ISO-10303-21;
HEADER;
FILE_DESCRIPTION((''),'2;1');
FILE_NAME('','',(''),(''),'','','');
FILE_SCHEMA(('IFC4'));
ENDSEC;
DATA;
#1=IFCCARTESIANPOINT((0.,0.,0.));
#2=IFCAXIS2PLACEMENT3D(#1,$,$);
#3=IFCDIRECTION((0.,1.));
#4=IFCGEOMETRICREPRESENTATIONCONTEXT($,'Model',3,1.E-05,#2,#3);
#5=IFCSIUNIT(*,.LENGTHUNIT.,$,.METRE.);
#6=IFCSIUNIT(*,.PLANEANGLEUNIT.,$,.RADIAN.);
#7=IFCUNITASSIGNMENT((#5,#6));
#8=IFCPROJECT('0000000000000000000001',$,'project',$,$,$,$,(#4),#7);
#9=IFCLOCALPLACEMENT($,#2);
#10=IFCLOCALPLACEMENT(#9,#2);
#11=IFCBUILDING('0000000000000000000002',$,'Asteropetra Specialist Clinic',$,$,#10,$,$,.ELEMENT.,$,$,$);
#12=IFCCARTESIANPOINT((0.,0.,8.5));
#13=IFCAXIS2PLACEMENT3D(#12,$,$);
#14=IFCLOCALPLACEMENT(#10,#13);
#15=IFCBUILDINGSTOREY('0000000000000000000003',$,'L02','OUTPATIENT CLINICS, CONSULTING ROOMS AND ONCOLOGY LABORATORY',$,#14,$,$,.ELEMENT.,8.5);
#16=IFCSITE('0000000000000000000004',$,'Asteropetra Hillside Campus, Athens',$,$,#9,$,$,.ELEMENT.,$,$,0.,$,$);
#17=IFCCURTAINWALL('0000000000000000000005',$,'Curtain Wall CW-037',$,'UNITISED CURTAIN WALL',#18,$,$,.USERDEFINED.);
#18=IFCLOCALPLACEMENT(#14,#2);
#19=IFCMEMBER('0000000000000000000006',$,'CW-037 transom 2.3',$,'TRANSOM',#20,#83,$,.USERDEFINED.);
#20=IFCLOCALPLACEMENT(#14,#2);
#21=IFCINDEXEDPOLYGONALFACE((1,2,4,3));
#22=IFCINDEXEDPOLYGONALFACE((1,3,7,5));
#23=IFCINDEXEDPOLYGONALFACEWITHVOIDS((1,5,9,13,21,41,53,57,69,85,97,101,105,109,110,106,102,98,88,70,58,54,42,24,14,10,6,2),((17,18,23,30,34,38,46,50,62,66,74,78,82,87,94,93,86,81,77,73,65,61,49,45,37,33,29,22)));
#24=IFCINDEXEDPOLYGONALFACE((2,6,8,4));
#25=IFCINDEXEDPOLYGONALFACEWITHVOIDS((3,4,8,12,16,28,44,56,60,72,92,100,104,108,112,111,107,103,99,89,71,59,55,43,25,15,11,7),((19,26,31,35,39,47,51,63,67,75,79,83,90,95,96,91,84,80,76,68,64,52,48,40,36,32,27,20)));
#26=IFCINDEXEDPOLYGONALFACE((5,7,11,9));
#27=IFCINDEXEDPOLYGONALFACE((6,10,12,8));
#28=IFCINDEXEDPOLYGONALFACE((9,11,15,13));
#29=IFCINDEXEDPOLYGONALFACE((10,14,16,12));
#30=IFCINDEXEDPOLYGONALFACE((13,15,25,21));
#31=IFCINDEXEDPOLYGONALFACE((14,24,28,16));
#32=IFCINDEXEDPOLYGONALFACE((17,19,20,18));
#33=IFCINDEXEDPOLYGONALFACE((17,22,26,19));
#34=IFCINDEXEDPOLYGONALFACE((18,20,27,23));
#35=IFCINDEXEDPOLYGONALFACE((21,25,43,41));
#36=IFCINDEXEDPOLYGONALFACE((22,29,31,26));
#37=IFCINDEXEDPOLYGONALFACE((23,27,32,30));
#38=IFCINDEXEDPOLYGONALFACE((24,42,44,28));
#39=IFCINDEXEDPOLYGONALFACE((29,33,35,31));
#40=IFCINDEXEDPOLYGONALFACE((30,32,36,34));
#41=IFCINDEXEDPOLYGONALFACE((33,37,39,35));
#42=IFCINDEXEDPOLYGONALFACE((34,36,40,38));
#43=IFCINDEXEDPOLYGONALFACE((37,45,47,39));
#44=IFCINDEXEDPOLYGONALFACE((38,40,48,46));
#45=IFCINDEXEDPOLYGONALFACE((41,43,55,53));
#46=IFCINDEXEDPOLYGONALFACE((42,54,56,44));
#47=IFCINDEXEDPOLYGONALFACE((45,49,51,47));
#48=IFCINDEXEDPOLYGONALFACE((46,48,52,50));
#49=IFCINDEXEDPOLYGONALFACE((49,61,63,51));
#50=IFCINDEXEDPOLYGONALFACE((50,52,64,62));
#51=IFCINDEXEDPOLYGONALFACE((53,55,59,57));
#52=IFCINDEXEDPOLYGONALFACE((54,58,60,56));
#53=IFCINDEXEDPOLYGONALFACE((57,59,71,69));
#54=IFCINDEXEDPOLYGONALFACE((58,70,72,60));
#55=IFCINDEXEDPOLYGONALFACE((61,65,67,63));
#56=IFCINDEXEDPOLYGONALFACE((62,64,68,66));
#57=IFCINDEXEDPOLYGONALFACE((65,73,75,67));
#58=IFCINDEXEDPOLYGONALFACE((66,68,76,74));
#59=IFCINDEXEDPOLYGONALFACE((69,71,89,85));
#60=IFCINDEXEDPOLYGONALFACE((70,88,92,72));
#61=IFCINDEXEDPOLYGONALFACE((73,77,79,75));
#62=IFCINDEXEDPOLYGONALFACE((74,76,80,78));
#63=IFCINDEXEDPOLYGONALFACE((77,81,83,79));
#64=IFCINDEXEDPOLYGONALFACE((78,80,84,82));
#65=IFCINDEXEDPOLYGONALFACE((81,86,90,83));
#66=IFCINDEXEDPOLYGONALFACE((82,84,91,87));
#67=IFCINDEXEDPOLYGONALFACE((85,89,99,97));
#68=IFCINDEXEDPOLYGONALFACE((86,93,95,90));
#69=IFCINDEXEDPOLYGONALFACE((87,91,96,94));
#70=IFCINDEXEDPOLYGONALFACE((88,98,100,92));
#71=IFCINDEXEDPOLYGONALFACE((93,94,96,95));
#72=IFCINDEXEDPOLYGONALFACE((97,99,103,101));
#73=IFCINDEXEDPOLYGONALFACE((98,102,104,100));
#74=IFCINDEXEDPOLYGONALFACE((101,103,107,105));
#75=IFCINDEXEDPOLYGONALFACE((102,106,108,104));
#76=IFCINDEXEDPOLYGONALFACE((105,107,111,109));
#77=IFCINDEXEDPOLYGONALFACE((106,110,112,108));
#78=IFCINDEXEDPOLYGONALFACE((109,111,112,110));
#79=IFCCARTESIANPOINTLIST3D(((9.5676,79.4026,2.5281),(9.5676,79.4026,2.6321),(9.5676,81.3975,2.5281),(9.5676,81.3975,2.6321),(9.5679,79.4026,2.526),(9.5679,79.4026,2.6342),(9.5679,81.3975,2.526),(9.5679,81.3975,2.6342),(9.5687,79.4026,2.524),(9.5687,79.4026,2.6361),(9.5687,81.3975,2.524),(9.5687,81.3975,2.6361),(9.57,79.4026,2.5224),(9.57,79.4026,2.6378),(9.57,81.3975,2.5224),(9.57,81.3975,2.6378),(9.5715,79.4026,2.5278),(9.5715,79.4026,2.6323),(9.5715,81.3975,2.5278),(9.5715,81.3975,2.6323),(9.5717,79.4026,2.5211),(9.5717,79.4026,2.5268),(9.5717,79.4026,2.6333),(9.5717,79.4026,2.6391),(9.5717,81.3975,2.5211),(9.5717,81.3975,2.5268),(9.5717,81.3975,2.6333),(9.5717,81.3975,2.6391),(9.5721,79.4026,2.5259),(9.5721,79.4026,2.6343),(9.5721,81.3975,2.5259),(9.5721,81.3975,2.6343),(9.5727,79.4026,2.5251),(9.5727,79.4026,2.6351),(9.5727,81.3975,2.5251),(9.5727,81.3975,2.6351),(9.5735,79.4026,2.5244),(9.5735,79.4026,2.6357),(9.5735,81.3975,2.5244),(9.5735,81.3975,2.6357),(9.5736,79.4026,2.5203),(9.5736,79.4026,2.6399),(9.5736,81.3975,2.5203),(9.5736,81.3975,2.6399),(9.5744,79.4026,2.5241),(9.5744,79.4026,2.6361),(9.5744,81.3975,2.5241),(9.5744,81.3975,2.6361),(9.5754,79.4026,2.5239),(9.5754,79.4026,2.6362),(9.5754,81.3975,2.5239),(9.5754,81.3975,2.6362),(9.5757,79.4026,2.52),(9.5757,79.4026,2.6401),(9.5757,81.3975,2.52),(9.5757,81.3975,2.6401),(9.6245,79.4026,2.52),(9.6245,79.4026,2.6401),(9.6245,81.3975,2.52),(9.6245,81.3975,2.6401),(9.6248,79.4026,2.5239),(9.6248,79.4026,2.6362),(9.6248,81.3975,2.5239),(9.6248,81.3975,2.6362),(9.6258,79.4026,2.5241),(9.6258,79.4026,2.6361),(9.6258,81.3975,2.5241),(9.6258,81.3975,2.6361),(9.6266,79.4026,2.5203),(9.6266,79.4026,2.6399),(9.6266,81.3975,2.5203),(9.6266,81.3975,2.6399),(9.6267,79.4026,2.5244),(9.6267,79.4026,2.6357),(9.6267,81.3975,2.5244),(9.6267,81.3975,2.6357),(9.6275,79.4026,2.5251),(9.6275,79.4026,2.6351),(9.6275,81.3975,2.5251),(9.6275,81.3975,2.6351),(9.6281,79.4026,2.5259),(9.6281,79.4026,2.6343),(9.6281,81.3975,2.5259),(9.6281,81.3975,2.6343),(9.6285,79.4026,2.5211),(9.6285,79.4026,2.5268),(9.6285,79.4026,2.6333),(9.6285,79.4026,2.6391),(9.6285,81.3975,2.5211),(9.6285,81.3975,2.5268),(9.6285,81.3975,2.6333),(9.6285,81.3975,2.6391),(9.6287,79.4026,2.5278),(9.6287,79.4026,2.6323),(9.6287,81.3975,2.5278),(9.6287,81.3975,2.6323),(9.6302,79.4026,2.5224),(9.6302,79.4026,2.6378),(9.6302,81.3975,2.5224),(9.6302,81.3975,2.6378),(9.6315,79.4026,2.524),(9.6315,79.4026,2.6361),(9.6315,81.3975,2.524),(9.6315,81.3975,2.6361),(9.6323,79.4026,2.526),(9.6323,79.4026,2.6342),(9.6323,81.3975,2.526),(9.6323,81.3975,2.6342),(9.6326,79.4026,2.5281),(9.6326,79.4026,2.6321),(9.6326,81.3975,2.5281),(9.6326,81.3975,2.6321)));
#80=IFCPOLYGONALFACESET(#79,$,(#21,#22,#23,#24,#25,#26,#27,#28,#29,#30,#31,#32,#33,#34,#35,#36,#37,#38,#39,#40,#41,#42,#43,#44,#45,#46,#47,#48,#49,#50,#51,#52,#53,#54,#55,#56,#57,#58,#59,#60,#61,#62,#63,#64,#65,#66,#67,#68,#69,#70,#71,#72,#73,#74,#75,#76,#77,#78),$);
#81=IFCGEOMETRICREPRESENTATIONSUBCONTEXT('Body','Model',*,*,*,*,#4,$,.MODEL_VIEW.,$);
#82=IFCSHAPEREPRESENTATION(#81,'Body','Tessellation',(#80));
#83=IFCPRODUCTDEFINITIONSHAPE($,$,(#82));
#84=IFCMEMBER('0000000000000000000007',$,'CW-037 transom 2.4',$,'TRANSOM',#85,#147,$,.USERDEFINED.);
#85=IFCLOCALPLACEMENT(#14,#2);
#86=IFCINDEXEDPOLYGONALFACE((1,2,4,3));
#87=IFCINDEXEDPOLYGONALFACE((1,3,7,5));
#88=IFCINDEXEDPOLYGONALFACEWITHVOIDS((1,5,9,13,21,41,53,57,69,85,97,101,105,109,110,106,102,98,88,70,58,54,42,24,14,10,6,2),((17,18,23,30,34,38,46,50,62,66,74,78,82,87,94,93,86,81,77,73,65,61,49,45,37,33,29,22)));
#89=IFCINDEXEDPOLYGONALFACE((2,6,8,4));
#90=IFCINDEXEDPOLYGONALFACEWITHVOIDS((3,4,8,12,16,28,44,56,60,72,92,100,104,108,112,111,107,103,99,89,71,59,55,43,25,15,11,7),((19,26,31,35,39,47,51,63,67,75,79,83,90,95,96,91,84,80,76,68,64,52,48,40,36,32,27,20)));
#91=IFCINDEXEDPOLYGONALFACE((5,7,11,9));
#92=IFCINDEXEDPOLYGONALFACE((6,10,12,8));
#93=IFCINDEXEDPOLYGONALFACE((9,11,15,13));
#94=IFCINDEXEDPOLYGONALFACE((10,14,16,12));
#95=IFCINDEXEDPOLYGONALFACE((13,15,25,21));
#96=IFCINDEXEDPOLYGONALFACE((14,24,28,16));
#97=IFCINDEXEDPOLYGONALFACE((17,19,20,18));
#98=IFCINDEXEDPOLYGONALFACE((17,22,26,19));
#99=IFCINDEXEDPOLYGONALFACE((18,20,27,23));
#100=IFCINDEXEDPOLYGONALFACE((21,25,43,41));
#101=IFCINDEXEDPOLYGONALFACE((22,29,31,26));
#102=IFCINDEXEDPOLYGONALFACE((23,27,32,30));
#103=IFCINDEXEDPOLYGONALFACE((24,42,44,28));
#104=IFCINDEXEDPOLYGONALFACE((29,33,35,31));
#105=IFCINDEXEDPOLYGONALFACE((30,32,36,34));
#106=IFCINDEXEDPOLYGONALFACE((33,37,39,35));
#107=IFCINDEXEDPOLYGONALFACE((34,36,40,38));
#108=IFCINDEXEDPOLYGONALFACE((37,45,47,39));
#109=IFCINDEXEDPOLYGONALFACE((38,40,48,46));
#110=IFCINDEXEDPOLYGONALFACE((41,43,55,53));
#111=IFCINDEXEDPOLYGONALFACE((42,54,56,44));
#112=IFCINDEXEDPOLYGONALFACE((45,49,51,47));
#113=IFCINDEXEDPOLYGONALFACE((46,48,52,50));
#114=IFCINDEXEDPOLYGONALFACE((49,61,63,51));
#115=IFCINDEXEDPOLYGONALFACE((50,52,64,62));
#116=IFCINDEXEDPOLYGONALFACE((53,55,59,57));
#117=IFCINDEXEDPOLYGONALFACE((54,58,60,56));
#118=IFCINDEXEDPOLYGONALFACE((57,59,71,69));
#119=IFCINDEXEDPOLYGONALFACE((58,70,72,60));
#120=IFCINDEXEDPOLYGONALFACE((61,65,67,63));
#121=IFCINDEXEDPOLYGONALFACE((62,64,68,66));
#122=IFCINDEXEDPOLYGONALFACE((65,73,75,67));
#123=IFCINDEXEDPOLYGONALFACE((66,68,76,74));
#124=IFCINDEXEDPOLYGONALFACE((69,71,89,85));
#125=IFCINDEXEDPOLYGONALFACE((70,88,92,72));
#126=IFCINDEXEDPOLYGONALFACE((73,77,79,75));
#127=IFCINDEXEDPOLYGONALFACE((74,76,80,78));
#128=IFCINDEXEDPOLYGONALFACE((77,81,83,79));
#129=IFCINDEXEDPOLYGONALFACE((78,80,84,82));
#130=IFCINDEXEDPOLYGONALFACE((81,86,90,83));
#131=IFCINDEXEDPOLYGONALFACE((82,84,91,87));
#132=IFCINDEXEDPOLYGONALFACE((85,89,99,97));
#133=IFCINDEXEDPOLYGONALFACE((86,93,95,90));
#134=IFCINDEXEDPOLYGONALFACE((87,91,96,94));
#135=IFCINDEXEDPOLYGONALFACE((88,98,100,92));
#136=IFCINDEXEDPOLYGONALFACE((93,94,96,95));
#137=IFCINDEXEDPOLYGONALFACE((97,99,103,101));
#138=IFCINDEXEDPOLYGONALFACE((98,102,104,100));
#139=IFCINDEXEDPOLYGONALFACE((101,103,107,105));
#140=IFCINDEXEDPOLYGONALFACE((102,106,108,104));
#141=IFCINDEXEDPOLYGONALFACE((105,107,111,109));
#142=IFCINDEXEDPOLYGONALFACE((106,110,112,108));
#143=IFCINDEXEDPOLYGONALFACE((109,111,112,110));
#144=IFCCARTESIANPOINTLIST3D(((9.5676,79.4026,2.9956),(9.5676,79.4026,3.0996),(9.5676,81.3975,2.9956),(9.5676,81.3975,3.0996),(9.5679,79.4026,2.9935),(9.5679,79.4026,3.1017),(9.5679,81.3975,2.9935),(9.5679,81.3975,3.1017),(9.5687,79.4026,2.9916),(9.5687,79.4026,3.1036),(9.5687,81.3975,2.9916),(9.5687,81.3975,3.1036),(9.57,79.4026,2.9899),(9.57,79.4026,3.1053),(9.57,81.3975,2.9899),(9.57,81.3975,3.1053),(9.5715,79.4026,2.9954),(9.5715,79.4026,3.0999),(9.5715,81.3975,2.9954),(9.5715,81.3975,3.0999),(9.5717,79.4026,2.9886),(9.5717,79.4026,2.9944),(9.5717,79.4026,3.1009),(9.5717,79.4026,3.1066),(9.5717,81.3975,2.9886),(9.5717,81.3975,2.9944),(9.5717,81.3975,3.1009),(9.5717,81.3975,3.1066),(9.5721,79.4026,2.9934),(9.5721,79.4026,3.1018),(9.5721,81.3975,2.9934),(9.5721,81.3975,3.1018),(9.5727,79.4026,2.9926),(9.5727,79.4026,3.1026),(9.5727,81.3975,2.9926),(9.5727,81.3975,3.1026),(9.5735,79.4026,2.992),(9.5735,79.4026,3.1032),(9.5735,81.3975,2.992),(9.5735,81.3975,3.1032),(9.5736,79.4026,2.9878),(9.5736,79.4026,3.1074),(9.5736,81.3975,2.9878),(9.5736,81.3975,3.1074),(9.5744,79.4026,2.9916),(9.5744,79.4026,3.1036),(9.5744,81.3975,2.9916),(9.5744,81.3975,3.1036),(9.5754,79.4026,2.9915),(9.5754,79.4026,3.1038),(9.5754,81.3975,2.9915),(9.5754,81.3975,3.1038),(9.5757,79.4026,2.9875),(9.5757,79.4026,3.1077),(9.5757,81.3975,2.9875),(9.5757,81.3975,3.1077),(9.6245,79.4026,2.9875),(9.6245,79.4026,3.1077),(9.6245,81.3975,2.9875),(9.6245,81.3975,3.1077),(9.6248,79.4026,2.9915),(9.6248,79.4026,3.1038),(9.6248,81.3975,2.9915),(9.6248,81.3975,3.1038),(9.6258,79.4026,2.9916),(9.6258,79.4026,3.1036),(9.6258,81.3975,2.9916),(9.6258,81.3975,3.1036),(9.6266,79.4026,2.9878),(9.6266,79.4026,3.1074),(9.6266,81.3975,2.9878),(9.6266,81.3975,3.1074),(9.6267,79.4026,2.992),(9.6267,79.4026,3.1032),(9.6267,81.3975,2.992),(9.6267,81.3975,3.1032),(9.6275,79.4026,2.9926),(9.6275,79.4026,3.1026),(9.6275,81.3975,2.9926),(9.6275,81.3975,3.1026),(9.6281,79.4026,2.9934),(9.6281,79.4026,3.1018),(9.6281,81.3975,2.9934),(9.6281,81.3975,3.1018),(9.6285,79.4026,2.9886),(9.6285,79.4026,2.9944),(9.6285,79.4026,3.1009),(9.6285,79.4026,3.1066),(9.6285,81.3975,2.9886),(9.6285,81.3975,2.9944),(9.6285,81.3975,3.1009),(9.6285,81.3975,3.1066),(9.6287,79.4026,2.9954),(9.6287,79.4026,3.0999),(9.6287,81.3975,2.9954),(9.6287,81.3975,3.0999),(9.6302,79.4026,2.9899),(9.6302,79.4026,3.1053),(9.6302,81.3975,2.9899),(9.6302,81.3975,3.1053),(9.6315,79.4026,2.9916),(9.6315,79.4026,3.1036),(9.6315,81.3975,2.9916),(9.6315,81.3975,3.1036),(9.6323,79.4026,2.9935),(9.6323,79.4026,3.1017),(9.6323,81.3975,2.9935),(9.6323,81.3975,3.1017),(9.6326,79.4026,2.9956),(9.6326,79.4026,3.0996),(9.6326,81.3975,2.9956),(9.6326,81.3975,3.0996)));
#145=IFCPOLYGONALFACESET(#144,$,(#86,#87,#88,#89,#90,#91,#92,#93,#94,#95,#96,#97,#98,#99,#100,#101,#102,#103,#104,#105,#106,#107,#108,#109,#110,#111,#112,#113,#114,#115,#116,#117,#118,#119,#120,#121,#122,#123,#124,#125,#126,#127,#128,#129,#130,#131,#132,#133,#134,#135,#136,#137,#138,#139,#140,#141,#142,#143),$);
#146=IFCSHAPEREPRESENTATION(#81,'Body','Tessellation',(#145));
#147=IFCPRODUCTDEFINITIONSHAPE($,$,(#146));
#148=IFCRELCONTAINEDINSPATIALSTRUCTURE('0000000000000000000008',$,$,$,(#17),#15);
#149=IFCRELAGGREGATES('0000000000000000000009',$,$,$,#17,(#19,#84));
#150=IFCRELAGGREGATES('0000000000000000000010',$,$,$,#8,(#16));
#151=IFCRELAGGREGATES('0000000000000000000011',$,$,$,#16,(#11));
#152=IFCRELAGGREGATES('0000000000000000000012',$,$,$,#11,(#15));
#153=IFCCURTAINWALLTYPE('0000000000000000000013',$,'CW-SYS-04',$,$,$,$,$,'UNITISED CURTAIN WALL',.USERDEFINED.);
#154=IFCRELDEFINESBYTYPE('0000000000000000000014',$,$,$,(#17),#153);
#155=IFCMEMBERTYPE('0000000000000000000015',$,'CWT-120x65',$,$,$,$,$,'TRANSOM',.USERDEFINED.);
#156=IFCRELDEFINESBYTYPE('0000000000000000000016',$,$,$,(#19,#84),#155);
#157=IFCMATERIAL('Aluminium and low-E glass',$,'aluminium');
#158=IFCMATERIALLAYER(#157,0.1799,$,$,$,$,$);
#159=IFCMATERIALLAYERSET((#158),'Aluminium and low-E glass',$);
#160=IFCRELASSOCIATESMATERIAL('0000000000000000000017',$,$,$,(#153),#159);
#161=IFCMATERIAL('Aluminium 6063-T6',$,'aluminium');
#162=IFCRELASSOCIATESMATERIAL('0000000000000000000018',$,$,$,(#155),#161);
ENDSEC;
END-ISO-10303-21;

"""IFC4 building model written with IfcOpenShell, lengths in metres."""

from ifc_helpers import new_model, si_unit, direction, frame, origin, origin_2d, place, context, subcontext, project, spatial, hollow_rectangle, extrude, material, layer, layer_set, material_profile, profile_set, type_object, element, aggregate, save


model = new_model("IFC4")

# Units and contexts
model_context = context("Model", 3, precision=1e-05, world=origin(), true_north=direction((0.0, 1.0)))
body_context = subcontext(model_context, "Body", "Model", "MODEL_VIEW")
ifc_project = project(units=[si_unit("LENGTHUNIT", "METRE"), si_unit("PLANEANGLEUNIT", "RADIAN")], contexts=[model_context])

# Site, building, storey
site_placement = place(None, origin())
site = spatial("IfcSite", under=ifc_project, at=site_placement, Name="Asteropetra Hillside Campus, Athens", CompositionType="ELEMENT", RefElevation=0.0)
building_placement = place(site_placement, origin())
building = spatial("IfcBuilding", under=site, at=building_placement, Name="Asteropetra Specialist Clinic", CompositionType="ELEMENT")
storey_placement = place(building_placement, frame((0.0, 0.0, 8.5)))
storey = spatial("IfcBuildingStorey", under=building, at=storey_placement, Name="L02", Description="OUTPATIENT CLINICS, CONSULTING ROOMS AND ONCOLOGY LABORATORY", CompositionType="ELEMENT", Elevation=8.5)

# Curtain wall
ifc_material_1 = material(Name="Aluminium and low-E glass", Category="aluminium")
ifc_layer_1 = layer(ifc_material_1, 0.1799)
ifc_layer_set_1 = layer_set([ifc_layer_1], Name="Aluminium and low-E glass")
curtain_wall_type_1 = type_object("IfcCurtainWallType", Name="CW-SYS-04", ElementType="UNITISED CURTAIN WALL", PredefinedType="USERDEFINED", material=ifc_layer_set_1)
curtain_wall_1_placement = place(storey_placement, origin())
curtain_wall_1 = element("IfcCurtainWall", 1, at=curtain_wall_1_placement, inside=storey, type_object=curtain_wall_type_1, Name="Curtain Wall CW-037", ObjectType="UNITISED CURTAIN WALL", PredefinedType="USERDEFINED")

# Members
ifc_material_2 = material(Name="Aluminium 6063-T6", Category="aluminium")
ifc_material_profile_1 = material_profile(ifc_material_2, hollow_rectangle(XDim=0.0649, YDim=0.1201, WallThickness=0.0039, InnerFilletRadius=0.0039, OuterFilletRadius=0.0081, at=origin_2d()), Name="TRN 120x65x4.0")
ifc_profile_set_1 = profile_set([ifc_material_profile_1], Name="Aluminium 6063-T6")
member_type_1 = type_object("IfcMemberType", Name="CWT-120x65", ElementType="TRANSOM", PredefinedType="USERDEFINED", material=ifc_profile_set_1)
member_1_placement = place(storey_placement, frame((9.6001, 81.3975, 2.5801), z_axis=(0.0, -1.0, 0.0), x_axis=(1.0, 0.0, 0.0)))
member_1 = element("IfcMember", 2, at=member_1_placement, type_object=member_type_1, Name="CW-037 transom 2.3", ObjectType="TRANSOM", PredefinedType="USERDEFINED", context=body_context, shape_type="SweptSolid", body=[
    extrude(hollow_rectangle(XDim=0.0649, YDim=0.1201, WallThickness=0.0039, InnerFilletRadius=0.0039, OuterFilletRadius=0.0081, at=origin_2d()), origin(), (0.0, 0.0, 1.0), 1.9949),
])
member_2_placement = place(storey_placement, frame((9.6001, 81.3975, 3.0476), z_axis=(0.0, -1.0, 0.0), x_axis=(1.0, 0.0, 0.0)))
member_2 = element("IfcMember", 3, at=member_2_placement, type_object=member_type_1, Name="CW-037 transom 2.4", ObjectType="TRANSOM", PredefinedType="USERDEFINED", context=body_context, shape_type="SweptSolid", body=[
    extrude(hollow_rectangle(XDim=0.0649, YDim=0.1201, WallThickness=0.0039, InnerFilletRadius=0.0039, OuterFilletRadius=0.0081, at=origin_2d()), origin(), (0.0, 0.0, 1.0), 1.9949),
])

aggregate(curtain_wall_1, [member_1, member_2])

save(model, "model.ifc")
